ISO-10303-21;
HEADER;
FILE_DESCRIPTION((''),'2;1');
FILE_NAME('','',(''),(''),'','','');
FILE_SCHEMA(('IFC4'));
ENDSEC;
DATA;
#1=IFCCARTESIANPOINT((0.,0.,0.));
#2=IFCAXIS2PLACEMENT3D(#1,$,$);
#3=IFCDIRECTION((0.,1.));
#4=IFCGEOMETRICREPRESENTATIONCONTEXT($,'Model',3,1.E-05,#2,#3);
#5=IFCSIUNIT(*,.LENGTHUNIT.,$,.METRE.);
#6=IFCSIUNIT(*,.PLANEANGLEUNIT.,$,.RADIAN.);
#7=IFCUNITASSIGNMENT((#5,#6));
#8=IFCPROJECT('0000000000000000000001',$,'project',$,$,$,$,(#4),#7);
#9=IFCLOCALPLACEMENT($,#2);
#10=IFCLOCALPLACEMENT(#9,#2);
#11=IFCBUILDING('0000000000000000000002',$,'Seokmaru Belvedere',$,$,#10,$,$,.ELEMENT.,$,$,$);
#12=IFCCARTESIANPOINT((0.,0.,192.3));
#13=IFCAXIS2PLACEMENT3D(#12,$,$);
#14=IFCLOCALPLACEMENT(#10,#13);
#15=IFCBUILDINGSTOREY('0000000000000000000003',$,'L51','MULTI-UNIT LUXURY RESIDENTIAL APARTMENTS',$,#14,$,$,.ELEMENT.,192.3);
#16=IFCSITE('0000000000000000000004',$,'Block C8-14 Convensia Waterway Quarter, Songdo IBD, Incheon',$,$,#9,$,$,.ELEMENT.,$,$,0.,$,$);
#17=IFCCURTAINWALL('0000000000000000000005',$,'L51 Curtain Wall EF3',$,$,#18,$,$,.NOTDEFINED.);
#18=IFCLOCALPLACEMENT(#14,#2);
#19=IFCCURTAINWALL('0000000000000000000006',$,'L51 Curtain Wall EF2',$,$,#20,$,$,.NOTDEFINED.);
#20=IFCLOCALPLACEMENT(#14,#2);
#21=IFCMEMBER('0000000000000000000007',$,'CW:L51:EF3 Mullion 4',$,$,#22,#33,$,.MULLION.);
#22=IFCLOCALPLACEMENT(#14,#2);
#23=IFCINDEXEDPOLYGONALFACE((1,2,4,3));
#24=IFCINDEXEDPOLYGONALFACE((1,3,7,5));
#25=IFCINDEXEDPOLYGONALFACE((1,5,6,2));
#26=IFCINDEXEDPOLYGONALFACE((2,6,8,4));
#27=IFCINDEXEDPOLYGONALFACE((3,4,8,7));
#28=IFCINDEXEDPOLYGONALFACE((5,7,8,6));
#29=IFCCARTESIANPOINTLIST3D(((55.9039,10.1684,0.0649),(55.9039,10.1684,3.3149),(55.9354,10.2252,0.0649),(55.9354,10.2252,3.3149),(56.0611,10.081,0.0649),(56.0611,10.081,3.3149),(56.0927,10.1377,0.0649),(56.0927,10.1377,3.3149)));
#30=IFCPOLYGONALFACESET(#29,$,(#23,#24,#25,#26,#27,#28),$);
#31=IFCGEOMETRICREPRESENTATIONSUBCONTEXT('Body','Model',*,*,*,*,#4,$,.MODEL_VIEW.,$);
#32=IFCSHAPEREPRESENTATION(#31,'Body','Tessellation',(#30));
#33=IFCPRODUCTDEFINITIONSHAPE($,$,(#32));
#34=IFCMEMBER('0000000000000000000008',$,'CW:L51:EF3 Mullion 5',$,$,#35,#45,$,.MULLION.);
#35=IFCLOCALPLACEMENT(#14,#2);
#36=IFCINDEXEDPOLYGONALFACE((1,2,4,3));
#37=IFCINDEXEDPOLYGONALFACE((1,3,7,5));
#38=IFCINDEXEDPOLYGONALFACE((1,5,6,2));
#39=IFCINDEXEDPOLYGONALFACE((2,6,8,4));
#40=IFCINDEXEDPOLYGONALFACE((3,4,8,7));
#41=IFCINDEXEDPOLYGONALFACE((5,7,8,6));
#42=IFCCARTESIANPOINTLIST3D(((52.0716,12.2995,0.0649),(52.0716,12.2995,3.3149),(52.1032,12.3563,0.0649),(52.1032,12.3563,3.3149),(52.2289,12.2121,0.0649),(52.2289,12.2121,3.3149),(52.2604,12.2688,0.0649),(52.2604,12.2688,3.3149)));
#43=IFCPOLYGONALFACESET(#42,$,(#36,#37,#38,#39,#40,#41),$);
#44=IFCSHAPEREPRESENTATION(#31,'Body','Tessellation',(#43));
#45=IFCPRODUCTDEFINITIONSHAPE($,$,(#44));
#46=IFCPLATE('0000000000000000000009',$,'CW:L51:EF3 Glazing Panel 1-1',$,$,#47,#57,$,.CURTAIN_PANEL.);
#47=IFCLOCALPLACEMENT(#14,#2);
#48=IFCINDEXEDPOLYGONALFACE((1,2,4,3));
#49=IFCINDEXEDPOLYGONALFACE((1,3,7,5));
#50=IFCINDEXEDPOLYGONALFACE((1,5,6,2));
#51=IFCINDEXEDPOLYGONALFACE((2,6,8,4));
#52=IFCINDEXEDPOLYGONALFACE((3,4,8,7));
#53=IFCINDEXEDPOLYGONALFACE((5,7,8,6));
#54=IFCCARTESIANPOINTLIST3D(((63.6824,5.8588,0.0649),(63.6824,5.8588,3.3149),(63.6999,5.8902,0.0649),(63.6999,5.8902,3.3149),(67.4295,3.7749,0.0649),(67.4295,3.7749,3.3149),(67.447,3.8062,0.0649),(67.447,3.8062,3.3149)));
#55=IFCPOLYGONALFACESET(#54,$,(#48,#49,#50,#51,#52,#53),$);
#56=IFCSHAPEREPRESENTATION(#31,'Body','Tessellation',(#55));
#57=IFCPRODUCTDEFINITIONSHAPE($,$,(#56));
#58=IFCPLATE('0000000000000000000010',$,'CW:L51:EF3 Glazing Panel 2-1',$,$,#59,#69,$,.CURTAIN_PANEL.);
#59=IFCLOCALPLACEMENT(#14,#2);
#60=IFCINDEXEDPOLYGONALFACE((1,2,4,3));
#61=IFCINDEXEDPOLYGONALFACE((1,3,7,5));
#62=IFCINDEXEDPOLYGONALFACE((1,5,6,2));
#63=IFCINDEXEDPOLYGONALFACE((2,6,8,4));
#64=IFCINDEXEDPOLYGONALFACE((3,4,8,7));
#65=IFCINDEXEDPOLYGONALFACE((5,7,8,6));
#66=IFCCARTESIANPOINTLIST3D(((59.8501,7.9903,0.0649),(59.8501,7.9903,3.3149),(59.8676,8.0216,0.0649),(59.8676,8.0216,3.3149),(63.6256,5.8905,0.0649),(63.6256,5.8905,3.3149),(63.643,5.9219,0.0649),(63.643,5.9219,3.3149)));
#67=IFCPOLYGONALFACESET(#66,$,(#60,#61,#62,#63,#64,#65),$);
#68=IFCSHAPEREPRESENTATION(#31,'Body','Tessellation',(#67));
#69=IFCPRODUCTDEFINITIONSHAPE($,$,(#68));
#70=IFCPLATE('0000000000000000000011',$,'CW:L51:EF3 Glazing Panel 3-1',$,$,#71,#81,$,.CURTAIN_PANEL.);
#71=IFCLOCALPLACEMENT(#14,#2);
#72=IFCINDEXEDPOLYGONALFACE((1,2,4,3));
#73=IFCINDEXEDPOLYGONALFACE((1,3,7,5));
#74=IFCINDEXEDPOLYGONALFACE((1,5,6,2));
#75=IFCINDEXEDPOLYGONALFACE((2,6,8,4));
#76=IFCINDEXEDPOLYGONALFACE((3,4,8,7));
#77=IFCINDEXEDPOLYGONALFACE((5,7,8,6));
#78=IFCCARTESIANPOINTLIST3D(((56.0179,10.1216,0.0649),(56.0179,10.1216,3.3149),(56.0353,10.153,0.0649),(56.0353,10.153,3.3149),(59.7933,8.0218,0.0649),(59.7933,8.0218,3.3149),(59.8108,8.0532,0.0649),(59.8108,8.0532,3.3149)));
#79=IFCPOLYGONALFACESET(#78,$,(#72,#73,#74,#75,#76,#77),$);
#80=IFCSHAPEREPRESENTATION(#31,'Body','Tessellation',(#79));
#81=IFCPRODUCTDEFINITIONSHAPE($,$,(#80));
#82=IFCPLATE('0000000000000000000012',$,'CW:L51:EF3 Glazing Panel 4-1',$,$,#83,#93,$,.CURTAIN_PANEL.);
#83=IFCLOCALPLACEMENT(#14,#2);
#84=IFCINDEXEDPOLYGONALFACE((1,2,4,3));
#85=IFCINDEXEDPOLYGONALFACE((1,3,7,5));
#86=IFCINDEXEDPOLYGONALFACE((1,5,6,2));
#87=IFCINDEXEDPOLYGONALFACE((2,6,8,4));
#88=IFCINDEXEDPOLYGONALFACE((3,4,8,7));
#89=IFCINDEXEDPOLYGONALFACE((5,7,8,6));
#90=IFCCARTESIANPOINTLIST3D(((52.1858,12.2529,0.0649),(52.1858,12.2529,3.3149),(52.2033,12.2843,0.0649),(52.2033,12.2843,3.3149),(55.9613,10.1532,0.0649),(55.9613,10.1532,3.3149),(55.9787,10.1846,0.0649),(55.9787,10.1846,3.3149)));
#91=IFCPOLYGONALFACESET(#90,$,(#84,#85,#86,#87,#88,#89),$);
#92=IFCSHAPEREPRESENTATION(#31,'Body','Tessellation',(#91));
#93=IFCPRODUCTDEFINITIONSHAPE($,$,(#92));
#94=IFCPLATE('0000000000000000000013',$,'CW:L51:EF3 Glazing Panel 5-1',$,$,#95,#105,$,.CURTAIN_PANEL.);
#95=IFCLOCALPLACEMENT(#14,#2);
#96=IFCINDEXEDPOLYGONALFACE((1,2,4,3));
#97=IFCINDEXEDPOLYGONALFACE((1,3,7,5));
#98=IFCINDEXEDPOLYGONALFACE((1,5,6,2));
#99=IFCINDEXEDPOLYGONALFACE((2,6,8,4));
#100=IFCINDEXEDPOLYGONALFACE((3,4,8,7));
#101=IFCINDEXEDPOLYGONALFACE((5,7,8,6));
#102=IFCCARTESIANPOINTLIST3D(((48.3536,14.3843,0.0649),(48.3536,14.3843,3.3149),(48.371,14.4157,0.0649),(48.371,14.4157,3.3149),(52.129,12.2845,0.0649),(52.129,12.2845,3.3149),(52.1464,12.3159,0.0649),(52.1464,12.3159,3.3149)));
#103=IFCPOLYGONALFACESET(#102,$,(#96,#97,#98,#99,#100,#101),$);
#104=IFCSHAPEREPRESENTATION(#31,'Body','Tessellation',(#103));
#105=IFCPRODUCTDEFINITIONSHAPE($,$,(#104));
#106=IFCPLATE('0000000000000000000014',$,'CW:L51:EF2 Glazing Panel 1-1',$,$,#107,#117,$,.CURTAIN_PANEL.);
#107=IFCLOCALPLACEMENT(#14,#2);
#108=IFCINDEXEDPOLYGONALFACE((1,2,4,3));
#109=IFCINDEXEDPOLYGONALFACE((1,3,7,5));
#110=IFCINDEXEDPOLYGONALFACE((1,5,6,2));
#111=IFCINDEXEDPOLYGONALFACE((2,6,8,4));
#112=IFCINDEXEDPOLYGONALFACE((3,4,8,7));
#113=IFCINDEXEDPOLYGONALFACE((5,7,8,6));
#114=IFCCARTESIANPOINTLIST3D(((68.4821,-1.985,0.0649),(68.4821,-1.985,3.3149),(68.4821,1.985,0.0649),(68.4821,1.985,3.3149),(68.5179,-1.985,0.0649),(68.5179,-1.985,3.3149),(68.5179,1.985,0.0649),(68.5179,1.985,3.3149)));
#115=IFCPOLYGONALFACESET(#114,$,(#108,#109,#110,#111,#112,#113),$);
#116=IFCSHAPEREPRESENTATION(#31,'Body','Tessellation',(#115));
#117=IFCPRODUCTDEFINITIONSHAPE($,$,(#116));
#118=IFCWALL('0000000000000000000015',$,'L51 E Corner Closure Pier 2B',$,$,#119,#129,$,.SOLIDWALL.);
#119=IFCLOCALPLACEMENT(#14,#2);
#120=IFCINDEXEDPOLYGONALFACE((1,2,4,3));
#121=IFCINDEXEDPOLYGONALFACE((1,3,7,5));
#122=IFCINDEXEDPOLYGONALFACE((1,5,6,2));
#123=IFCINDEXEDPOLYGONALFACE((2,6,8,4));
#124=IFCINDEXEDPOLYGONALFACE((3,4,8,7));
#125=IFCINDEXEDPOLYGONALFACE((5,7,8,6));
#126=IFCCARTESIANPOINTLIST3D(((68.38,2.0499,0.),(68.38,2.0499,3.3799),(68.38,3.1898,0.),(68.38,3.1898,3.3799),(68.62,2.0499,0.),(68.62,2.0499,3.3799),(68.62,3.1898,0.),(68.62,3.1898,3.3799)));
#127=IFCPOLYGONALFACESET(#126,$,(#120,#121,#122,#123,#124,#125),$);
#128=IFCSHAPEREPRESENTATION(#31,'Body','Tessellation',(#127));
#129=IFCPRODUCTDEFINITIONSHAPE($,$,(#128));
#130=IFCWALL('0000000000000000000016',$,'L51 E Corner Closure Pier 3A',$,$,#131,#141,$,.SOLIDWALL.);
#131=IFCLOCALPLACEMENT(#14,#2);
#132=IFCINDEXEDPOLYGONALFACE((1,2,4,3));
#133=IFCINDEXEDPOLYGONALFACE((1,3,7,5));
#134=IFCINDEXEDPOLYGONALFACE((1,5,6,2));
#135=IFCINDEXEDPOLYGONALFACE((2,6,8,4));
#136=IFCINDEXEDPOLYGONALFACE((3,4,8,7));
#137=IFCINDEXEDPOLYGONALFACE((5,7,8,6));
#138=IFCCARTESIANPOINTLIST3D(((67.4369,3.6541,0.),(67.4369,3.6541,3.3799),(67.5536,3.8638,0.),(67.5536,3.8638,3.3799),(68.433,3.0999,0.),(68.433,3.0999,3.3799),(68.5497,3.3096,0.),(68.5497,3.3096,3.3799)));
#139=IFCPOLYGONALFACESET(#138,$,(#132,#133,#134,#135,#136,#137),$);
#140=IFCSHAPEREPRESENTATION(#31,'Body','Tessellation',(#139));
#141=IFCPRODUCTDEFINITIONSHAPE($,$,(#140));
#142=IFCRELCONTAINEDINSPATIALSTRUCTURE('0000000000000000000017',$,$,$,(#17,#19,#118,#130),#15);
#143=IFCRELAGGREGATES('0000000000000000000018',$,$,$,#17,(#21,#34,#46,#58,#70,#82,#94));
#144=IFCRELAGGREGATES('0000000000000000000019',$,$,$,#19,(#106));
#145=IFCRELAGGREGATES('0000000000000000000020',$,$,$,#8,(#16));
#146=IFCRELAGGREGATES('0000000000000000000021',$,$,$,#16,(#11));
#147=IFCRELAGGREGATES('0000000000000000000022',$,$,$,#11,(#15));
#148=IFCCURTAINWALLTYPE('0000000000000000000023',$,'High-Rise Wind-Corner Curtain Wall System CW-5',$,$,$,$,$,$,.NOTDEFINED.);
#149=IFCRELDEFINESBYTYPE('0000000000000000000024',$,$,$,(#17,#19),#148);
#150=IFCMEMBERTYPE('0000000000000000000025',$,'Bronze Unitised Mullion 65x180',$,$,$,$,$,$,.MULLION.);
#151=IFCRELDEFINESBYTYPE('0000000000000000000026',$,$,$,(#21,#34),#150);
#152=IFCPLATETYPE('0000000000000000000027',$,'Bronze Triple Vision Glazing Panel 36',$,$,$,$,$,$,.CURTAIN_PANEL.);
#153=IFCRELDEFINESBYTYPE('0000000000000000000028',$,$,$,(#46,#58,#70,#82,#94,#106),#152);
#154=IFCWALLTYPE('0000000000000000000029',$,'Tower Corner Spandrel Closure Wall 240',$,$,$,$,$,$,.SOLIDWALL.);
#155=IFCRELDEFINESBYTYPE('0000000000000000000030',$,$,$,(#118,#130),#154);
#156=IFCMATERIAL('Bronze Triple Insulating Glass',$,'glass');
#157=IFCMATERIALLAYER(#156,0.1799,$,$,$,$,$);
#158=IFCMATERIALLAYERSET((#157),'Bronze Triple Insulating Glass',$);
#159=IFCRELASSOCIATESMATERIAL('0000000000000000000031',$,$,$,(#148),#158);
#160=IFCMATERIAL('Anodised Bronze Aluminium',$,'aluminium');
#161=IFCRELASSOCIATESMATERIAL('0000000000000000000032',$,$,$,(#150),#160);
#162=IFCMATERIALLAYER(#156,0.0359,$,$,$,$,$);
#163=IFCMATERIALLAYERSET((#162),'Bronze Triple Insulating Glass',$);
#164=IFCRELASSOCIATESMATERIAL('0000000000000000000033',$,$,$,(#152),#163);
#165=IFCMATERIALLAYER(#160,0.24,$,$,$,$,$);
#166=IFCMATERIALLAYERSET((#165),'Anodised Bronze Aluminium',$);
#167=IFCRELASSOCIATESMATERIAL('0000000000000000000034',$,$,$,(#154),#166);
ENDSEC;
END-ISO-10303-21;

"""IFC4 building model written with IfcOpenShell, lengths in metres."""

from ifc_helpers import new_model, si_unit, direction, frame, frame_2d, origin, origin_2d, place, context, subcontext, project, spatial, rectangle, extrude, source, transform, mapped, material, layer, layer_set, material_profile, profile_set, type_object, type_shapes, element, aggregate, save


model = new_model("IFC4")

# Units and contexts
model_context = context("Model", 3, precision=1e-05, world=origin(), true_north=direction((0.0, 1.0)))
body_context = subcontext(model_context, "Body", "Model", "MODEL_VIEW")
ifc_project = project(units=[si_unit("LENGTHUNIT", "METRE"), si_unit("PLANEANGLEUNIT", "RADIAN")], contexts=[model_context])

# Site, building, storey
site_placement = place(None, origin())
site = spatial("IfcSite", under=ifc_project, at=site_placement, Name="Block C8-14 Convensia Waterway Quarter, Songdo IBD, Incheon", CompositionType="ELEMENT", RefElevation=0.0)
building_placement = place(site_placement, origin())
building = spatial("IfcBuilding", under=site, at=building_placement, Name="Seokmaru Belvedere", CompositionType="ELEMENT")
storey_placement = place(building_placement, frame((0.0, 0.0, 192.3)))
storey = spatial("IfcBuildingStorey", under=building, at=storey_placement, Name="L51", Description="MULTI-UNIT LUXURY RESIDENTIAL APARTMENTS", CompositionType="ELEMENT", Elevation=192.3)

# Curtain walls
ifc_material_1 = material(Name="Bronze Triple Insulating Glass", Category="glass")
ifc_layer_1 = layer(ifc_material_1, 0.1799)
ifc_layer_set_1 = layer_set([ifc_layer_1], Name="Bronze Triple Insulating Glass")
curtain_wall_type = type_object("IfcCurtainWallType", Name="High-Rise Wind-Corner Curtain Wall System CW-5", PredefinedType="NOTDEFINED", material=ifc_layer_set_1)
curtain_wall_1_placement = place(storey_placement, origin())
curtain_wall_1 = element("IfcCurtainWall", 1, at=curtain_wall_1_placement, inside=storey, type_object=curtain_wall_type, Name="L51 Curtain Wall EF3", PredefinedType="NOTDEFINED")
ifc_material_2 = material(Name="Anodised Bronze Aluminium", Category="aluminium")
curtain_wall_2_placement = place(storey_placement, origin())
curtain_wall_2 = element("IfcCurtainWall", 2, at=curtain_wall_2_placement, inside=storey, type_object=curtain_wall_type, Name="L51 Curtain Wall EF2", PredefinedType="NOTDEFINED")
ifc_material_profile_1 = material_profile(ifc_material_2, rectangle(XDim=0.0649, YDim=0.1799, at=origin_2d()), Name="CW-M-65x180")
ifc_profile_set_1 = profile_set([ifc_material_profile_1], Name="Anodised Bronze Aluminium")
member_type_1 = type_object("IfcMemberType", Name="Bronze Unitised Mullion 65x180", PredefinedType="MULLION", material=ifc_profile_set_1)

# Members
shared_shape_1 = source(origin(), body_context, "Body", "SweptSolid", [
    extrude(rectangle(XDim=0.0649, YDim=0.1799, at=origin_2d()), origin(), (0.0, 0.0, 1.0), 3.25),
])
member_1_placement = place(storey_placement, frame((55.9983, 10.1531, 0.0649), z_axis=(0.0, 0.0, 1.0), x_axis=(-0.486047, -0.873933, 0.0)))
member_1 = element("IfcMember", 3, at=member_1_placement, type_object=member_type_1, Name="CW:L51:EF3 Mullion 4", PredefinedType="MULLION", context=body_context, shape_type="MappedRepresentation", body=[
    mapped(shared_shape_1, transform((0.0, 0.0, 0.0), scale=1.0)),
])
member_2_placement = place(storey_placement, frame((52.166, 12.2842, 0.0649), z_axis=(0.0, 0.0, 1.0), x_axis=(-0.486047, -0.873933, 0.0)))
member_2 = element("IfcMember", 4, at=member_2_placement, type_object=member_type_1, Name="CW:L51:EF3 Mullion 5", PredefinedType="MULLION", context=body_context, shape_type="MappedRepresentation", body=[
    mapped(shared_shape_1, transform((0.0, 0.0, 0.0), scale=1.0)),
])

# Plates
ifc_layer_2 = layer(ifc_material_1, 0.0359)
ifc_layer_set_2 = layer_set([ifc_layer_2], Name="Bronze Triple Insulating Glass")
plate_type = type_object("IfcPlateType", Name="Bronze Triple Vision Glazing Panel 36", PredefinedType="CURTAIN_PANEL", material=ifc_layer_set_2)
shared_shape_2 = source(origin(), body_context, "Body", "SweptSolid", [
    extrude(rectangle(XDim=4.2876, YDim=0.0359, at=origin_2d()), origin(), (0.0, 0.0, 1.0), 3.25),
])
plate_1_placement = place(storey_placement, frame((65.5647, 4.8325, 0.0649), z_axis=(0.0, 0.0, 1.0), x_axis=(-0.873933, 0.486047, 0.0)))
plate_1 = element("IfcPlate", 5, at=plate_1_placement, type_object=plate_type, Name="CW:L51:EF3 Glazing Panel 1-1", PredefinedType="CURTAIN_PANEL", context=body_context, shape_type="MappedRepresentation", body=[
    mapped(shared_shape_2, transform((0.0, 0.0, 0.0), scale=1.0)),
])
shared_shape_3 = source(origin(), body_context, "Body", "SweptSolid", [
    extrude(rectangle(XDim=4.3201, YDim=0.0359, at=origin_2d()), origin(), (0.0, 0.0, 1.0), 3.25),
])
plate_2_placement = place(storey_placement, frame((61.7466, 6.9561, 0.0649), z_axis=(0.0, 0.0, 1.0), x_axis=(-0.873933, 0.486047, 0.0)))
plate_2 = element("IfcPlate", 6, at=plate_2_placement, type_object=plate_type, Name="CW:L51:EF3 Glazing Panel 2-1", PredefinedType="CURTAIN_PANEL", context=body_context, shape_type="MappedRepresentation", body=[
    mapped(shared_shape_3, transform((0.0, 0.0, 0.0), scale=1.0)),
])
plate_3_placement = place(storey_placement, frame((57.9143, 9.0874, 0.0649), z_axis=(0.0, 0.0, 1.0), x_axis=(-0.873933, 0.486047, 0.0)))
plate_3 = element("IfcPlate", 7, at=plate_3_placement, type_object=plate_type, Name="CW:L51:EF3 Glazing Panel 3-1", PredefinedType="CURTAIN_PANEL", context=body_context, shape_type="MappedRepresentation", body=[
    mapped(shared_shape_3, transform((0.0, 0.0, 0.0), scale=1.0)),
])
plate_4_placement = place(storey_placement, frame((54.0823, 11.2188, 0.0649), z_axis=(0.0, 0.0, 1.0), x_axis=(-0.873933, 0.486047, 0.0)))
plate_4 = element("IfcPlate", 8, at=plate_4_placement, type_object=plate_type, Name="CW:L51:EF3 Glazing Panel 4-1", PredefinedType="CURTAIN_PANEL", context=body_context, shape_type="MappedRepresentation", body=[
    mapped(shared_shape_3, transform((0.0, 0.0, 0.0), scale=1.0)),
])
plate_5_placement = place(storey_placement, frame((50.25, 13.3501, 0.0649), z_axis=(0.0, 0.0, 1.0), x_axis=(-0.873933, 0.486047, 0.0)))
plate_5 = element("IfcPlate", 9, at=plate_5_placement, type_object=plate_type, Name="CW:L51:EF3 Glazing Panel 5-1", PredefinedType="CURTAIN_PANEL", context=body_context, shape_type="MappedRepresentation", body=[
    mapped(shared_shape_3, transform((0.0, 0.0, 0.0), scale=1.0)),
])
aggregate(curtain_wall_1, [member_1, member_2, plate_1, plate_2, plate_3, plate_4, plate_5])
shared_shape_4 = source(origin(), body_context, "Body", "SweptSolid", [
    extrude(rectangle(XDim=3.97, YDim=0.0359, at=origin_2d()), origin(), (0.0, 0.0, 1.0), 3.25),
])
type_shapes(plate_type, [shared_shape_2, shared_shape_3, shared_shape_4])
plate_6_placement = place(storey_placement, frame((68.5, 0.0, 0.0649), z_axis=(0.0, 0.0, 1.0), x_axis=(0.0, 1.0, 0.0)))
plate_6 = element("IfcPlate", 10, at=plate_6_placement, type_object=plate_type, Name="CW:L51:EF2 Glazing Panel 1-1", PredefinedType="CURTAIN_PANEL", context=body_context, shape_type="MappedRepresentation", body=[
    mapped(shared_shape_4, transform((0.0, 0.0, 0.0), scale=1.0)),
])
aggregate(curtain_wall_2, [plate_6])

# Walls
ifc_layer_3 = layer(ifc_material_2, 0.24)
ifc_layer_set_3 = layer_set([ifc_layer_3], Name="Anodised Bronze Aluminium")
wall_type = type_object("IfcWallType", Name="Tower Corner Spandrel Closure Wall 240", PredefinedType="SOLIDWALL", material=ifc_layer_set_3)
for number, where, z_axis, x_axis, name in (
    (11, (68.5, 2.05, 0.0), (0.0, 0.0, 1.0), (0.0, 1.0, 0.0), "L51 E Corner Closure Pier 2B"),
    (12, (68.4912, 3.2048, 0.0), (0.0, 0.0, 1.0), (-0.873854, 0.486188, 0.0), "L51 E Corner Closure Pier 3A"),
):
    element("IfcWall", number, at=place(storey_placement, frame(where, z_axis=z_axis, x_axis=x_axis)), inside=storey, type_object=wall_type, Name=name, PredefinedType="SOLIDWALL", context=body_context, shape_type="SweptSolid", body=[
        extrude(rectangle(XDim=1.1399, YDim=0.24, at=frame_2d((0.5698, 0.0))), origin(), (0.0, 0.0, 1.0), 3.3799),
    ])

save(model, "model.ifc")
